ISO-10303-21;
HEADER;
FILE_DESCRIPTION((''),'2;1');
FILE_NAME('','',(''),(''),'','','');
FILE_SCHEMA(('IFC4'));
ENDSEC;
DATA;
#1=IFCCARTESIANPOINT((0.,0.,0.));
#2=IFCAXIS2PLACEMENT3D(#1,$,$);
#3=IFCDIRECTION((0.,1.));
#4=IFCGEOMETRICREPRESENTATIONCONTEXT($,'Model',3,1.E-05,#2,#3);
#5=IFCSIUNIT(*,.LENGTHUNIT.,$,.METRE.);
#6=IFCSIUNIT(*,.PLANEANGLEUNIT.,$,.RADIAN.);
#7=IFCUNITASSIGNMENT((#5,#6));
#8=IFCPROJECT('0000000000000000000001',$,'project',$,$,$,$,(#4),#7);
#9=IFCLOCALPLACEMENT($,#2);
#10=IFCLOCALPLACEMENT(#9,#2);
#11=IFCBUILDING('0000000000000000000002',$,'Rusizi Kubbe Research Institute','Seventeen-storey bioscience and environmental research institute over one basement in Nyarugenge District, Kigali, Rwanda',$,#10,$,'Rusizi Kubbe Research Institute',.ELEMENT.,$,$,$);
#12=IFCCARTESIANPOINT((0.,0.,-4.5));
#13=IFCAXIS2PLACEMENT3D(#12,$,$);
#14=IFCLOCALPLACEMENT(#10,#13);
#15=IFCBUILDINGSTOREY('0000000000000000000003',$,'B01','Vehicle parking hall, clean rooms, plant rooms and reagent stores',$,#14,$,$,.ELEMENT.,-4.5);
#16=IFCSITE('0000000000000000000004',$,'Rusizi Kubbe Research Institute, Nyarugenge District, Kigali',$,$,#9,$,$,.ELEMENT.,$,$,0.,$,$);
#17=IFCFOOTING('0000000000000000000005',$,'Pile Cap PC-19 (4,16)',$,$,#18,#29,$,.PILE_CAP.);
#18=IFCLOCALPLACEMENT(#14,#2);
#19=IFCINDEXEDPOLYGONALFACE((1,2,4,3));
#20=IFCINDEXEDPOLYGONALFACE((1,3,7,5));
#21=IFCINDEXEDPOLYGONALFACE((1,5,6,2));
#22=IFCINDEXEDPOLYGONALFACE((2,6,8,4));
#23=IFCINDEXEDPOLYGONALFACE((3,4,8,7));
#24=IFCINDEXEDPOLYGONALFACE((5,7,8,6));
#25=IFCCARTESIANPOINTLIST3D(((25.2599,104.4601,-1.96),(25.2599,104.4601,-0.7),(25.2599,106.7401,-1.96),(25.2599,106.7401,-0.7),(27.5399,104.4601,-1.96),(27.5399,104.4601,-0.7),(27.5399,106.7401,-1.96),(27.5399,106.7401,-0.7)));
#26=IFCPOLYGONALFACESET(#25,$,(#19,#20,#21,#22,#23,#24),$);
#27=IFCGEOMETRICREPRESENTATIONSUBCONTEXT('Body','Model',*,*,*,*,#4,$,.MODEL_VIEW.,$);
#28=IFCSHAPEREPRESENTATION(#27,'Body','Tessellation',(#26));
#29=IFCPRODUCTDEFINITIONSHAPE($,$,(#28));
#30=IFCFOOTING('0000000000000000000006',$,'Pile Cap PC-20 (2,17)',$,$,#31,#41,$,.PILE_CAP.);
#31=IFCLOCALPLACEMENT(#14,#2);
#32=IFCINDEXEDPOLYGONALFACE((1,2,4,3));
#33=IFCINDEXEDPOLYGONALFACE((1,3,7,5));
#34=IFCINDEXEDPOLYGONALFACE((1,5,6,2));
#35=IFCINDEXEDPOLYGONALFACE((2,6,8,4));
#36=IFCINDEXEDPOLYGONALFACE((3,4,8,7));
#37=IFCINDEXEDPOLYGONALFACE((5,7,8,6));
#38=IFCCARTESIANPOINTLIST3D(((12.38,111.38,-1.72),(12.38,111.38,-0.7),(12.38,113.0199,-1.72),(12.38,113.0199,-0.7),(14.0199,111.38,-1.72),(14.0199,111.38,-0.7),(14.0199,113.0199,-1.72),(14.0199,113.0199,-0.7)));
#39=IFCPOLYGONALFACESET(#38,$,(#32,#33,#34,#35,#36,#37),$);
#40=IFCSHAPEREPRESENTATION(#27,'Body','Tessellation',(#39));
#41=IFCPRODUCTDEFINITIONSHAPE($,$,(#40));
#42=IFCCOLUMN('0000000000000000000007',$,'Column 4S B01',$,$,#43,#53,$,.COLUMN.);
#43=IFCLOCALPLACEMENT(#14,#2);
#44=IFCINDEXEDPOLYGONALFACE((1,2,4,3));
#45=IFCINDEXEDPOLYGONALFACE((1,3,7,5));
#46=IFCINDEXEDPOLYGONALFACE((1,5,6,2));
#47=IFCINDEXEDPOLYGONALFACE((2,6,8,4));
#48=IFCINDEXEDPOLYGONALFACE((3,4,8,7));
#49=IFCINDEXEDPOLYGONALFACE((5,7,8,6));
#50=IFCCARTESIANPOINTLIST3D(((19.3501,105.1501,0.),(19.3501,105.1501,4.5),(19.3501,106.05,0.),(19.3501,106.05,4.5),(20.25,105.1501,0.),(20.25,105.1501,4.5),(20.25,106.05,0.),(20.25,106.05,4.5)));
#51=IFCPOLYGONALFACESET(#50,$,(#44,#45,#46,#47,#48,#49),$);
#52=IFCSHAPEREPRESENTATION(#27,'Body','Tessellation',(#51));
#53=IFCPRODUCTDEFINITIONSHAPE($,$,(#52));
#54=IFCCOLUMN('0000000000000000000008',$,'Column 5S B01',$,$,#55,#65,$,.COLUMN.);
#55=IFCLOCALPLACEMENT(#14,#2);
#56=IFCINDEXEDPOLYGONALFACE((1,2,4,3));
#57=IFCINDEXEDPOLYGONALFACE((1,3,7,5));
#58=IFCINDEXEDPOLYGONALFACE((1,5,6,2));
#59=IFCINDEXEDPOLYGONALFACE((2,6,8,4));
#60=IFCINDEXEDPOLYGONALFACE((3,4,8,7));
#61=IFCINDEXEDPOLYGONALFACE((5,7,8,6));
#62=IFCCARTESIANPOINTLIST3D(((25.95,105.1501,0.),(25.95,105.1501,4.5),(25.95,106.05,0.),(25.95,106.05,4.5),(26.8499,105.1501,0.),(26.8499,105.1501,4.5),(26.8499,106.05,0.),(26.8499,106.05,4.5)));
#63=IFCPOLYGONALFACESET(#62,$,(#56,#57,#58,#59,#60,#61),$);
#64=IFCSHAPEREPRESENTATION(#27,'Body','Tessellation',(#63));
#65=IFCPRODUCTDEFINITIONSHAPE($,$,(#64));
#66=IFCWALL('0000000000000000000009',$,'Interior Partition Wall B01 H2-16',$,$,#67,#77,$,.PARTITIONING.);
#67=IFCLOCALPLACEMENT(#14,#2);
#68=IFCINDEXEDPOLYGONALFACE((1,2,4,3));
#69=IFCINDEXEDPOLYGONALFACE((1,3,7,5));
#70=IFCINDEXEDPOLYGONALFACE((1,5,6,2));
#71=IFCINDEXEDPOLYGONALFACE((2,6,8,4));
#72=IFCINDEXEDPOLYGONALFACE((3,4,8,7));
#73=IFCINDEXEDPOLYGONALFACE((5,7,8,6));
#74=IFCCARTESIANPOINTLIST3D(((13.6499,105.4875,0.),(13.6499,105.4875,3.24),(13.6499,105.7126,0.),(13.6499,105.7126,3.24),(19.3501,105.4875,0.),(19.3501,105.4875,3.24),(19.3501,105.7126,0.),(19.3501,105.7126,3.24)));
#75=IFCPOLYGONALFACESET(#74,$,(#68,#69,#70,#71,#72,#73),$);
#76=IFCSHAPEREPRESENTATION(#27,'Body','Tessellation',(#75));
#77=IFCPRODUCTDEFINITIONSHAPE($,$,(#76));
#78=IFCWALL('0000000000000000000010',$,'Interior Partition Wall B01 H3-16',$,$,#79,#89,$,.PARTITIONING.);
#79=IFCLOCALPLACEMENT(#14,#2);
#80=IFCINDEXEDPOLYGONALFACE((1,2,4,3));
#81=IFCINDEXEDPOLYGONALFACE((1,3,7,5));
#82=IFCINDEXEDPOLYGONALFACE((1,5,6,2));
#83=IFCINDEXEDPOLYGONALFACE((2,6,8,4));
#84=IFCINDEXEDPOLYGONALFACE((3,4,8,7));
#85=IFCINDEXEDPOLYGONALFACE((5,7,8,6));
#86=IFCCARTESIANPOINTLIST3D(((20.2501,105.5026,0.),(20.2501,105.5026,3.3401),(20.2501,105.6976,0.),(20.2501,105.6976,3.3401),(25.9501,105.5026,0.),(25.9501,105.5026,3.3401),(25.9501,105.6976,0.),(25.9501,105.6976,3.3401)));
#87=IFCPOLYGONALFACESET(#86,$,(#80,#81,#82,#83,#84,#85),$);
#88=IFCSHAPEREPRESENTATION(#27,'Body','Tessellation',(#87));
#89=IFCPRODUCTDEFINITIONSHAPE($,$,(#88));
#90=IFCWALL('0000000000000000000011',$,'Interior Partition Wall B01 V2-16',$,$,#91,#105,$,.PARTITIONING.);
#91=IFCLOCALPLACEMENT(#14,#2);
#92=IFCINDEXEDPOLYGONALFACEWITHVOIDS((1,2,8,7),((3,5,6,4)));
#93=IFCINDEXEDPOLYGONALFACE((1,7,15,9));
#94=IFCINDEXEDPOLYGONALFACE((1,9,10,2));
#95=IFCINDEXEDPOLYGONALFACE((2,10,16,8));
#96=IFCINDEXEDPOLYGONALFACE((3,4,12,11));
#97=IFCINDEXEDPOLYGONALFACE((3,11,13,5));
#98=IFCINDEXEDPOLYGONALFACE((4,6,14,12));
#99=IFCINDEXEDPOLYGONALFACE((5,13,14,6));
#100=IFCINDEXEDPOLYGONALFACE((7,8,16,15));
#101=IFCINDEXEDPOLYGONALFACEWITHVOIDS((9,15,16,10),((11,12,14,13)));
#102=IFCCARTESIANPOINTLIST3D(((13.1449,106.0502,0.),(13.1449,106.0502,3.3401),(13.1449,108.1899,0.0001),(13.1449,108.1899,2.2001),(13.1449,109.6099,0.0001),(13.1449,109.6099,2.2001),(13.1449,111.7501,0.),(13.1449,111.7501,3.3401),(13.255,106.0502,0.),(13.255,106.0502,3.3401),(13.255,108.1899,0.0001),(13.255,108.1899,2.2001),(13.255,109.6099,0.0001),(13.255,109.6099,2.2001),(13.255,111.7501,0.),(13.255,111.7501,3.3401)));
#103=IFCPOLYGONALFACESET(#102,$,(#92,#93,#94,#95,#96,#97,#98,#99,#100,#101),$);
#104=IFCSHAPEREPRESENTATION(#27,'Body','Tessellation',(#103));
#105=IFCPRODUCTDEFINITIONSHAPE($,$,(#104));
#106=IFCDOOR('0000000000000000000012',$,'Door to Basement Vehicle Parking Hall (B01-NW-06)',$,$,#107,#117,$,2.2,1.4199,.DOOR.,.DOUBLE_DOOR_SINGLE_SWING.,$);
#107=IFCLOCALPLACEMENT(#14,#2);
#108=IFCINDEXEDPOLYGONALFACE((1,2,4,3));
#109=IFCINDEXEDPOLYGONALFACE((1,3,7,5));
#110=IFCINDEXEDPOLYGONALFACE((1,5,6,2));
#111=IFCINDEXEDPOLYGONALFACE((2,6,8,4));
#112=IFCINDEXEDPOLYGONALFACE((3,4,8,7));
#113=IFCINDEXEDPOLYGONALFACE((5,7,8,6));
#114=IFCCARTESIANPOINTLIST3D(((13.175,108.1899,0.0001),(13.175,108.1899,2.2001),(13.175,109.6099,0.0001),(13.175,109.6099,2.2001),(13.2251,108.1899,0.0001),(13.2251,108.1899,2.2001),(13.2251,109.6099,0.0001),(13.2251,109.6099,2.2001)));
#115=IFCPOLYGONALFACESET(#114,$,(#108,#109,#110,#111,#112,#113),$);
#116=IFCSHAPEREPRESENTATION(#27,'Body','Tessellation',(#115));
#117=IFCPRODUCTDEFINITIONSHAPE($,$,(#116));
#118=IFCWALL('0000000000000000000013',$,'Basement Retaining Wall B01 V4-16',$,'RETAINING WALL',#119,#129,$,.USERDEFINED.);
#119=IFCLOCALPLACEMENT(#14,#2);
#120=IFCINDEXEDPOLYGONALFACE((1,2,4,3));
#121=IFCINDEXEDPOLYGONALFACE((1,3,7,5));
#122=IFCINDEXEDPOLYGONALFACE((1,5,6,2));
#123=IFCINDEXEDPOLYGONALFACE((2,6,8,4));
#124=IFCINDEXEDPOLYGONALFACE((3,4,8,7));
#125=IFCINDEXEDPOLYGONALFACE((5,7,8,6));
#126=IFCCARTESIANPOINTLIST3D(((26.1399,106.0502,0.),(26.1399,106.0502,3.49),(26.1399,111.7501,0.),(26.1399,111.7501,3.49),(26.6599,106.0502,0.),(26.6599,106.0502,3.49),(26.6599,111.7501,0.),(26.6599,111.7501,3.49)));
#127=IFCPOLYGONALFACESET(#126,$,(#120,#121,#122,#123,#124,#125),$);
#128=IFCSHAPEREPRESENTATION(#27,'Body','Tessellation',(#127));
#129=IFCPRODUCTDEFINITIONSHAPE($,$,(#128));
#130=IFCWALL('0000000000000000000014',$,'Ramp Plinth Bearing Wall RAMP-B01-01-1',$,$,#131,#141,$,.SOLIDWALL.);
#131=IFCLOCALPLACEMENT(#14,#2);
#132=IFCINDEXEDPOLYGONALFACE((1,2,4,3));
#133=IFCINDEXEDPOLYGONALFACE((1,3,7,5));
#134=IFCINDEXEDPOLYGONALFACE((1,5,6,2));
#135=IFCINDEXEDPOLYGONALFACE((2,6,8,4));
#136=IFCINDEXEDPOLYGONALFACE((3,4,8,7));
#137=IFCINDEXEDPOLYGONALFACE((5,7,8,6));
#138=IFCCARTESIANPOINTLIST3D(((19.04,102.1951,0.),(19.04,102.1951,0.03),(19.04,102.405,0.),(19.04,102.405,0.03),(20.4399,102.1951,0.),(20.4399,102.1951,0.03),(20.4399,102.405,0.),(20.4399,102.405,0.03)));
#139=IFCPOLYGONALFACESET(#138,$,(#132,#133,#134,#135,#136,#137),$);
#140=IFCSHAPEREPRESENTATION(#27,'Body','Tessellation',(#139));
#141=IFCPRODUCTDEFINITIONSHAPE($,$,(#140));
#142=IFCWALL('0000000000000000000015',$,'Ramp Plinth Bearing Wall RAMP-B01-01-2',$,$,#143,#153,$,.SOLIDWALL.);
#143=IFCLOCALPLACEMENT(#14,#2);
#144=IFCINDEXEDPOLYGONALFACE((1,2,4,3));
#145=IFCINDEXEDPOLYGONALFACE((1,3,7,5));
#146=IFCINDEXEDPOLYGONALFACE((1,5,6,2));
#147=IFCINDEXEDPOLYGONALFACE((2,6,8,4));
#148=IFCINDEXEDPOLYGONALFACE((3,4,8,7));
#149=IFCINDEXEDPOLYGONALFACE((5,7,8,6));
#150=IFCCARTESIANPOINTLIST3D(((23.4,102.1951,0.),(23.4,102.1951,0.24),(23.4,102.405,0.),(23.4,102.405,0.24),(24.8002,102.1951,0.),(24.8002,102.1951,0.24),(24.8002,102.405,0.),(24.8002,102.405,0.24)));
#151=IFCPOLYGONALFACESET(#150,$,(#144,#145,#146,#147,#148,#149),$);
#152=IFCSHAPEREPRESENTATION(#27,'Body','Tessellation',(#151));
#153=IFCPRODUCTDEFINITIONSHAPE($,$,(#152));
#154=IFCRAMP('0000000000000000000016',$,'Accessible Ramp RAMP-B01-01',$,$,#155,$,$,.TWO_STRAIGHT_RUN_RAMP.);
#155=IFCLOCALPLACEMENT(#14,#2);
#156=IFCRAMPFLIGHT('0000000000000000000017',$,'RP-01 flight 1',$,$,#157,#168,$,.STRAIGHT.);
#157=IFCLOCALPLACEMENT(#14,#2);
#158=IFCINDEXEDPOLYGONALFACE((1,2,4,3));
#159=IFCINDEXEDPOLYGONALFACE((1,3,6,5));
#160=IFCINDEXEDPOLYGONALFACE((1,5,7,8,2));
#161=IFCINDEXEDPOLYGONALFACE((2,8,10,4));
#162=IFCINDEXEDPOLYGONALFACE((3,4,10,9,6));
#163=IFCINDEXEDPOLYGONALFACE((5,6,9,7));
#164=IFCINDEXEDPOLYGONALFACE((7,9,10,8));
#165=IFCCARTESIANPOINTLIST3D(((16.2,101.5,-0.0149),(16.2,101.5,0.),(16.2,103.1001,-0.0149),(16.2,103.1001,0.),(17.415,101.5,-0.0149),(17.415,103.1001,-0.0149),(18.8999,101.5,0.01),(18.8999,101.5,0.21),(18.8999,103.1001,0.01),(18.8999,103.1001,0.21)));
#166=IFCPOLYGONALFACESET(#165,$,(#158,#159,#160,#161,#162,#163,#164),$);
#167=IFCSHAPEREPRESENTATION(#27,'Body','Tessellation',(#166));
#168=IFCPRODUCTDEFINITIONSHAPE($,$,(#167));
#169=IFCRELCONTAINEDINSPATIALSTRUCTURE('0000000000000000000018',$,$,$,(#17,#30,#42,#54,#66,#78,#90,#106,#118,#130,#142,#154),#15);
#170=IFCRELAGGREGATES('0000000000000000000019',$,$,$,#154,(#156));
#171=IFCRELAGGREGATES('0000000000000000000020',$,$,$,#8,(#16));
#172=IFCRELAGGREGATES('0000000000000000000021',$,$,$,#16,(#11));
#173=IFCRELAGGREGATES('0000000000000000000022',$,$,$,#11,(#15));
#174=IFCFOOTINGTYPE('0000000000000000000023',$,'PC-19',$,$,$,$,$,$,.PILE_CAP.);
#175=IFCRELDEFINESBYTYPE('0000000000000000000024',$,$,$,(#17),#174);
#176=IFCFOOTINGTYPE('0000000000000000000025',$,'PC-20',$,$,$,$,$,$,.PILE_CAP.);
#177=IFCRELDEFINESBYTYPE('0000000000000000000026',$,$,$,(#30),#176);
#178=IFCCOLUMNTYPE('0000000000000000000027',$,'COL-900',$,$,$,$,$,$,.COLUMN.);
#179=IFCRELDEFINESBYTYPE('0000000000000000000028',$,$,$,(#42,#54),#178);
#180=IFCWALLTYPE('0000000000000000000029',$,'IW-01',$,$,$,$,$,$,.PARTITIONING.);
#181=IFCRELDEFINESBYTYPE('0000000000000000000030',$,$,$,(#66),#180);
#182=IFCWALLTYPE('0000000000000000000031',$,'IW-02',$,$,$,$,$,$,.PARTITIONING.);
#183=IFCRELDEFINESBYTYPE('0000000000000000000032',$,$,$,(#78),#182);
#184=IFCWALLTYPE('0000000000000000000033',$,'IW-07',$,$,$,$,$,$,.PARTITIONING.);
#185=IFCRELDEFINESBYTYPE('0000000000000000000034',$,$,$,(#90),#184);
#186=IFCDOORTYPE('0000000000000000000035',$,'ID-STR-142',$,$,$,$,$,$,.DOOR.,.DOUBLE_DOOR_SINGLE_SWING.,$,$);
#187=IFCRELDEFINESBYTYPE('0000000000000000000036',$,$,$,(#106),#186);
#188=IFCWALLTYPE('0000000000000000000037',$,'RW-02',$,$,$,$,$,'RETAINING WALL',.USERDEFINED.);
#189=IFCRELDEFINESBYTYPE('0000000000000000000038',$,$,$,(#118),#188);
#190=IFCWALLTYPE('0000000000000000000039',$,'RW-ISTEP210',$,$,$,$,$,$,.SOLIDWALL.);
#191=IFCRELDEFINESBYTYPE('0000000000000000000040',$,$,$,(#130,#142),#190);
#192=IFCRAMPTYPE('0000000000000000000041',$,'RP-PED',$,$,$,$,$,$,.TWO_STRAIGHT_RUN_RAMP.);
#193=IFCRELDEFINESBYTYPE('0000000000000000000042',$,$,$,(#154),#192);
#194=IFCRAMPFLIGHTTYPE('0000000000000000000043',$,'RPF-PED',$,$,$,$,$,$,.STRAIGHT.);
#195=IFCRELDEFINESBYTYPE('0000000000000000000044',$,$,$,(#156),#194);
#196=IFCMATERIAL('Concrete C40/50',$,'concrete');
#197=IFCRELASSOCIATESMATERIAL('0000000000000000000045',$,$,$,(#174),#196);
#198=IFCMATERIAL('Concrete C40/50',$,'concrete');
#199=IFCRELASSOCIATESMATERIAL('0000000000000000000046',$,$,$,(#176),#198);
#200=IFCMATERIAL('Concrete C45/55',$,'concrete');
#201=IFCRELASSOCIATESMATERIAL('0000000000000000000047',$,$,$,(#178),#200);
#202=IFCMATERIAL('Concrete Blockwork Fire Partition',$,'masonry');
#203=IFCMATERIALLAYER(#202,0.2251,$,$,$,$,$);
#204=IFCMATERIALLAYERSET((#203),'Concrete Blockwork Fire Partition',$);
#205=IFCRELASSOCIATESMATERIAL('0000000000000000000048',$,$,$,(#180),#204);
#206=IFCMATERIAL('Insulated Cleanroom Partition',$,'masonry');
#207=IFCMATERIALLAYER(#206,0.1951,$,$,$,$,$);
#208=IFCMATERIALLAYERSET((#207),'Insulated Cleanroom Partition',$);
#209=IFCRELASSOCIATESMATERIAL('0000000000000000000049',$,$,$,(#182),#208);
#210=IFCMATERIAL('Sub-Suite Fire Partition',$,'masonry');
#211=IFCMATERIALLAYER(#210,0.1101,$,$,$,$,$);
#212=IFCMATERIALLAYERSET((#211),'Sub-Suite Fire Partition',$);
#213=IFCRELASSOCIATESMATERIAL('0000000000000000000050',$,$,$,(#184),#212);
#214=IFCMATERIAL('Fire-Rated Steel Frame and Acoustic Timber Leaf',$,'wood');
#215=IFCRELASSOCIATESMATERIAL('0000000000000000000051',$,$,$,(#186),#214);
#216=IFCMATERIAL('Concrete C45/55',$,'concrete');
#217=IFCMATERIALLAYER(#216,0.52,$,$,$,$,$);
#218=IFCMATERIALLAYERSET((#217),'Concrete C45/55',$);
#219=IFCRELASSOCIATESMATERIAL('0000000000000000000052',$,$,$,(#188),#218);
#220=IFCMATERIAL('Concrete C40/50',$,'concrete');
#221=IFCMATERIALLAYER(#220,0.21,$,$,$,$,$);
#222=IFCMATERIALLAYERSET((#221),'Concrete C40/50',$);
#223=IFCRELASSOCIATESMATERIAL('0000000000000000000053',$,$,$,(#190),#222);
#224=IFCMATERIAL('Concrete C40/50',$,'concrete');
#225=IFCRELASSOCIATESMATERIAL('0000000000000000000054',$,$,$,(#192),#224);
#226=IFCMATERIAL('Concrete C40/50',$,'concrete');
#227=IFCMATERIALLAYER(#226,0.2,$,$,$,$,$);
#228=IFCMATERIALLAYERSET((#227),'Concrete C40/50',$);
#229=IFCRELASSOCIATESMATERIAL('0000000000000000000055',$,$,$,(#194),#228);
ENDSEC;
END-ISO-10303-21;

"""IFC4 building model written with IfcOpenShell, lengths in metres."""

from ifc_helpers import new_model, si_unit, direction, frame, frame_2d, origin, origin_2d, place, context, subcontext, project, spatial, polyline, rectangle, outline, extrude, material, layer, layer_set, material_profile, profile_set, type_object, element, fill, aggregate, save


model = new_model("IFC4")

# Units and contexts
model_context = context("Model", 3, precision=1e-05, world=origin(), true_north=direction((0.0, 1.0)))
body_context = subcontext(model_context, "Body", "Model", "MODEL_VIEW")
ifc_project = project(units=[si_unit("LENGTHUNIT", "METRE"), si_unit("PLANEANGLEUNIT", "RADIAN")], contexts=[model_context])

# Site, building, storey
site_placement = place(None, origin())
site = spatial("IfcSite", under=ifc_project, at=site_placement, Name="Rusizi Kubbe Research Institute, Nyarugenge District, Kigali", CompositionType="ELEMENT", RefElevation=0.0)
building_placement = place(site_placement, origin())
building = spatial("IfcBuilding", under=site, at=building_placement, Name="Rusizi Kubbe Research Institute", Description="Seventeen-storey bioscience and environmental research institute over one basement in Nyarugenge District, Kigali, Rwanda", LongName="Rusizi Kubbe Research Institute", CompositionType="ELEMENT")
storey_placement = place(building_placement, frame((0.0, 0.0, -4.5)))
storey = spatial("IfcBuildingStorey", under=building, at=storey_placement, Name="B01", Description="Vehicle parking hall, clean rooms, plant rooms and reagent stores", CompositionType="ELEMENT", Elevation=-4.5)

# Footings
ifc_material_1 = material(Name="Concrete C40/50", Category="concrete")
footing_type_1 = type_object("IfcFootingType", Name="PC-19", PredefinedType="PILE_CAP", material=ifc_material_1)
footing_1_placement = place(storey_placement, frame((26.3999, 105.6001, -1.96), z_axis=(0.0, 0.0, 1.0), x_axis=(1.0, 0.0, 0.0)))
element("IfcFooting", 1, at=footing_1_placement, inside=storey, type_object=footing_type_1, Name="Pile Cap PC-19 (4,16)", PredefinedType="PILE_CAP", context=body_context, shape_type="SweptSolid", body=[
    extrude(rectangle(XDim=2.28, YDim=2.28, at=origin_2d()), origin(), (0.0, 0.0, 1.0), 1.26),
])
ifc_material_2 = material(Name="Concrete C40/50", Category="concrete")
footing_type_2 = type_object("IfcFootingType", Name="PC-20", PredefinedType="PILE_CAP", material=ifc_material_2)
footing_2_placement = place(storey_placement, frame((13.2, 112.2, -1.72), z_axis=(0.0, 0.0, 1.0), x_axis=(1.0, 0.0, 0.0)))
element("IfcFooting", 2, at=footing_2_placement, inside=storey, type_object=footing_type_2, Name="Pile Cap PC-20 (2,17)", PredefinedType="PILE_CAP", context=body_context, shape_type="SweptSolid", body=[
    extrude(rectangle(XDim=1.6399, YDim=1.6399, at=origin_2d()), origin(), (0.0, 0.0, 1.0), 1.02),
])

# Columns
ifc_material_3 = material(Name="Concrete C45/55", Category="concrete")
ifc_material_profile_1 = material_profile(ifc_material_3, rectangle(XDim=0.8999, YDim=0.8999, at=origin_2d()), Name="RC900x900")
ifc_profile_set_1 = profile_set([ifc_material_profile_1], Name="Concrete C45/55")
column_type = type_object("IfcColumnType", Name="COL-900", PredefinedType="COLUMN", material=ifc_profile_set_1)
for number, where, z_axis, x_axis, name in (
    (3, (19.8, 105.6001, 0.0), (0.0, 0.0, 1.0), (1.0, 0.0, 0.0), "Column 4S B01"),
    (4, (26.3999, 105.6001, 0.0), (0.0, 0.0, 1.0), (1.0, 0.0, 0.0), "Column 5S B01"),
):
    element("IfcColumn", number, at=place(storey_placement, frame(where, z_axis=z_axis, x_axis=x_axis)), inside=storey, type_object=column_type, Name=name, PredefinedType="COLUMN", context=body_context, shape_type="SweptSolid", body=[
        extrude(rectangle(XDim=0.8999, YDim=0.8999, at=origin_2d()), origin(), (0.0, 0.0, 1.0), 4.5),
    ])

# Walls
ifc_material_4 = material(Name="Concrete Blockwork Fire Partition", Category="masonry")
ifc_layer_1 = layer(ifc_material_4, 0.2251)
ifc_layer_set_1 = layer_set([ifc_layer_1], Name="Concrete Blockwork Fire Partition")
wall_type_1 = type_object("IfcWallType", Name="IW-01", PredefinedType="PARTITIONING", material=ifc_layer_set_1)
wall_1_placement = place(storey_placement, frame((13.6499, 105.6001, 0.0), z_axis=(0.0, 0.0, 1.0), x_axis=(1.0, 0.0, 0.0)))
element("IfcWall", 5, at=wall_1_placement, inside=storey, type_object=wall_type_1, Name="Interior Partition Wall B01 H2-16", PredefinedType="PARTITIONING", context=body_context, shape_type="SweptSolid", body=[
    extrude(rectangle(XDim=5.7002, YDim=0.2251, at=frame_2d((2.8501, 0.0))), origin(), (0.0, 0.0, 1.0), 3.24),
])
ifc_material_5 = material(Name="Insulated Cleanroom Partition", Category="masonry")
ifc_layer_2 = layer(ifc_material_5, 0.1951)
ifc_layer_set_2 = layer_set([ifc_layer_2], Name="Insulated Cleanroom Partition")
wall_type_2 = type_object("IfcWallType", Name="IW-02", PredefinedType="PARTITIONING", material=ifc_layer_set_2)
wall_2_placement = place(storey_placement, frame((20.25, 105.6001, 0.0), z_axis=(0.0, 0.0, 1.0), x_axis=(1.0, 0.0, 0.0)))
element("IfcWall", 6, at=wall_2_placement, inside=storey, type_object=wall_type_2, Name="Interior Partition Wall B01 H3-16", PredefinedType="PARTITIONING", context=body_context, shape_type="SweptSolid", body=[
    extrude(rectangle(XDim=5.7, YDim=0.1951, at=frame_2d((2.8501, 0.0))), origin(), (0.0, 0.0, 1.0), 3.3401),
])

# Wall, opening, door
ifc_material_6 = material(Name="Sub-Suite Fire Partition", Category="masonry")
ifc_layer_3 = layer(ifc_material_6, 0.1101)
ifc_layer_set_3 = layer_set([ifc_layer_3], Name="Sub-Suite Fire Partition")
wall_type_3 = type_object("IfcWallType", Name="IW-07", PredefinedType="PARTITIONING", material=ifc_layer_set_3)
wall_3_placement = place(storey_placement, frame((13.2, 106.05, 0.0), z_axis=(0.0, 0.0, 1.0), x_axis=(0.0, 1.0, 0.0)))
wall_3 = element("IfcWall", 7, at=wall_3_placement, inside=storey, type_object=wall_type_3, Name="Interior Partition Wall B01 V2-16", PredefinedType="PARTITIONING", context=body_context, shape_type="SweptSolid", body=[
    extrude(rectangle(XDim=5.7, YDim=0.1101, at=frame_2d((2.8501, 0.0))), origin(), (0.0, 0.0, 1.0), 3.3401),
])
opening_placement = place(wall_3_placement, frame((2.1399, 0.0, 0.0)))
opening = element("IfcOpeningElement", 8, at=opening_placement, cuts=wall_3, PredefinedType="OPENING", context=body_context, shape_type="SweptSolid", body=[
    extrude(rectangle(XDim=1.4199, YDim=2.2, at=frame_2d((0.71, 1.1001))), frame((0.0, 0.0649, 0.0), z_axis=(0.0, -1.0, 0.0), x_axis=(1.0, 0.0, 0.0)), (0.0, 0.0, 1.0), 0.1301),
])
ifc_material_7 = material(Name="Fire-Rated Steel Frame and Acoustic Timber Leaf", Category="wood")
door_type = type_object("IfcDoorType", Name="ID-STR-142", OperationType="DOUBLE_DOOR_SINGLE_SWING", PredefinedType="DOOR", material=ifc_material_7)
door_placement = place(opening_placement, origin())
door = element("IfcDoor", 9, at=door_placement, inside=storey, type_object=door_type, Name="Door to Basement Vehicle Parking Hall (B01-NW-06)", OperationType="DOUBLE_DOOR_SINGLE_SWING", OverallHeight=2.2, OverallWidth=1.4199, PredefinedType="DOOR", context=body_context, shape_type="SweptSolid", body=[
    extrude(rectangle(XDim=1.4199, YDim=2.2, at=frame_2d((0.71, 1.1001))), frame((0.0, 0.0249, 0.0), z_axis=(0.0, -1.0, 0.0), x_axis=(1.0, 0.0, 0.0)), (0.0, 0.0, 1.0), 0.05),
])
fill(opening, door)

# Walls
ifc_material_8 = material(Name="Concrete C45/55", Category="concrete")
ifc_layer_4 = layer(ifc_material_8, 0.52)
ifc_layer_set_4 = layer_set([ifc_layer_4], Name="Concrete C45/55")
wall_type_4 = type_object("IfcWallType", Name="RW-02", ElementType="RETAINING WALL", PredefinedType="USERDEFINED", material=ifc_layer_set_4)
wall_4_placement = place(storey_placement, frame((26.3999, 106.05, 0.0), z_axis=(0.0, 0.0, 1.0), x_axis=(0.0, 1.0, 0.0)))
element("IfcWall", 10, at=wall_4_placement, inside=storey, type_object=wall_type_4, Name="Basement Retaining Wall B01 V4-16", ObjectType="RETAINING WALL", PredefinedType="USERDEFINED", context=body_context, shape_type="SweptSolid", body=[
    extrude(rectangle(XDim=5.7, YDim=0.52, at=frame_2d((2.8501, 0.0))), origin(), (0.0, 0.0, 1.0), 3.49),
])
ifc_material_9 = material(Name="Concrete C40/50", Category="concrete")
ifc_layer_5 = layer(ifc_material_9, 0.21)
ifc_layer_set_5 = layer_set([ifc_layer_5], Name="Concrete C40/50")
wall_type_5 = type_object("IfcWallType", Name="RW-ISTEP210", PredefinedType="SOLIDWALL", material=ifc_layer_set_5)
wall_5_placement = place(storey_placement, frame((19.04, 102.3, 0.0), z_axis=(0.0, 0.0, 1.0), x_axis=(1.0, 0.0, 0.0)))
element("IfcWall", 11, at=wall_5_placement, inside=storey, type_object=wall_type_5, Name="Ramp Plinth Bearing Wall RAMP-B01-01-1", PredefinedType="SOLIDWALL", context=body_context, shape_type="SweptSolid", body=[
    extrude(rectangle(XDim=1.3999, YDim=0.21, at=frame_2d((0.7, 0.0))), origin(), (0.0, 0.0, 1.0), 0.03),
])
wall_6_placement = place(storey_placement, frame((23.3999, 102.3, 0.0), z_axis=(0.0, 0.0, 1.0), x_axis=(1.0, 0.0, 0.0)))
element("IfcWall", 12, at=wall_6_placement, inside=storey, type_object=wall_type_5, Name="Ramp Plinth Bearing Wall RAMP-B01-01-2", PredefinedType="SOLIDWALL", context=body_context, shape_type="SweptSolid", body=[
    extrude(rectangle(XDim=1.4001, YDim=0.21, at=frame_2d((0.7002, 0.0))), origin(), (0.0, 0.0, 1.0), 0.24),
])

# Ramp, ramp flight
ifc_material_10 = material(Name="Concrete C40/50", Category="concrete")
ramp_type = type_object("IfcRampType", Name="RP-PED", PredefinedType="TWO_STRAIGHT_RUN_RAMP", material=ifc_material_10)
ramp_placement = place(storey_placement, origin())
ramp = element("IfcRamp", 13, at=ramp_placement, inside=storey, type_object=ramp_type, Name="Accessible Ramp RAMP-B01-01", PredefinedType="TWO_STRAIGHT_RUN_RAMP")
ifc_material_11 = material(Name="Concrete C40/50", Category="concrete")
ifc_layer_6 = layer(ifc_material_11, 0.2)
ifc_layer_set_6 = layer_set([ifc_layer_6], Name="Concrete C40/50")
ramp_flight_type = type_object("IfcRampFlightType", Name="RPF-PED", PredefinedType="STRAIGHT", material=ifc_layer_set_6)
ramp_flight_1_placement = place(storey_placement, frame((16.2, 102.3, 0.0), z_axis=(0.0, 0.0, 1.0), x_axis=(1.0, 0.0, 0.0)))
ramp_flight_1 = element("IfcRampFlight", 14, at=ramp_flight_1_placement, type_object=ramp_flight_type, Name="RP-01 flight 1", PredefinedType="STRAIGHT", context=body_context, shape_type="SweptSolid", body=[
    extrude(outline(polyline([(0.0, -0.0149), (0.0, 0.0), (2.7, 0.21), (2.7, 0.01), (1.2151, -0.0149), (0.0, -0.0149)])), frame((0.0, 0.8, 0.0), z_axis=(0.0, -1.0, 0.0), x_axis=(1.0, 0.0, 0.0)), (0.0, 0.0, 1.0), 1.6001),
])
aggregate(ramp, [ramp_flight_1])

save(model, "model.ifc")
